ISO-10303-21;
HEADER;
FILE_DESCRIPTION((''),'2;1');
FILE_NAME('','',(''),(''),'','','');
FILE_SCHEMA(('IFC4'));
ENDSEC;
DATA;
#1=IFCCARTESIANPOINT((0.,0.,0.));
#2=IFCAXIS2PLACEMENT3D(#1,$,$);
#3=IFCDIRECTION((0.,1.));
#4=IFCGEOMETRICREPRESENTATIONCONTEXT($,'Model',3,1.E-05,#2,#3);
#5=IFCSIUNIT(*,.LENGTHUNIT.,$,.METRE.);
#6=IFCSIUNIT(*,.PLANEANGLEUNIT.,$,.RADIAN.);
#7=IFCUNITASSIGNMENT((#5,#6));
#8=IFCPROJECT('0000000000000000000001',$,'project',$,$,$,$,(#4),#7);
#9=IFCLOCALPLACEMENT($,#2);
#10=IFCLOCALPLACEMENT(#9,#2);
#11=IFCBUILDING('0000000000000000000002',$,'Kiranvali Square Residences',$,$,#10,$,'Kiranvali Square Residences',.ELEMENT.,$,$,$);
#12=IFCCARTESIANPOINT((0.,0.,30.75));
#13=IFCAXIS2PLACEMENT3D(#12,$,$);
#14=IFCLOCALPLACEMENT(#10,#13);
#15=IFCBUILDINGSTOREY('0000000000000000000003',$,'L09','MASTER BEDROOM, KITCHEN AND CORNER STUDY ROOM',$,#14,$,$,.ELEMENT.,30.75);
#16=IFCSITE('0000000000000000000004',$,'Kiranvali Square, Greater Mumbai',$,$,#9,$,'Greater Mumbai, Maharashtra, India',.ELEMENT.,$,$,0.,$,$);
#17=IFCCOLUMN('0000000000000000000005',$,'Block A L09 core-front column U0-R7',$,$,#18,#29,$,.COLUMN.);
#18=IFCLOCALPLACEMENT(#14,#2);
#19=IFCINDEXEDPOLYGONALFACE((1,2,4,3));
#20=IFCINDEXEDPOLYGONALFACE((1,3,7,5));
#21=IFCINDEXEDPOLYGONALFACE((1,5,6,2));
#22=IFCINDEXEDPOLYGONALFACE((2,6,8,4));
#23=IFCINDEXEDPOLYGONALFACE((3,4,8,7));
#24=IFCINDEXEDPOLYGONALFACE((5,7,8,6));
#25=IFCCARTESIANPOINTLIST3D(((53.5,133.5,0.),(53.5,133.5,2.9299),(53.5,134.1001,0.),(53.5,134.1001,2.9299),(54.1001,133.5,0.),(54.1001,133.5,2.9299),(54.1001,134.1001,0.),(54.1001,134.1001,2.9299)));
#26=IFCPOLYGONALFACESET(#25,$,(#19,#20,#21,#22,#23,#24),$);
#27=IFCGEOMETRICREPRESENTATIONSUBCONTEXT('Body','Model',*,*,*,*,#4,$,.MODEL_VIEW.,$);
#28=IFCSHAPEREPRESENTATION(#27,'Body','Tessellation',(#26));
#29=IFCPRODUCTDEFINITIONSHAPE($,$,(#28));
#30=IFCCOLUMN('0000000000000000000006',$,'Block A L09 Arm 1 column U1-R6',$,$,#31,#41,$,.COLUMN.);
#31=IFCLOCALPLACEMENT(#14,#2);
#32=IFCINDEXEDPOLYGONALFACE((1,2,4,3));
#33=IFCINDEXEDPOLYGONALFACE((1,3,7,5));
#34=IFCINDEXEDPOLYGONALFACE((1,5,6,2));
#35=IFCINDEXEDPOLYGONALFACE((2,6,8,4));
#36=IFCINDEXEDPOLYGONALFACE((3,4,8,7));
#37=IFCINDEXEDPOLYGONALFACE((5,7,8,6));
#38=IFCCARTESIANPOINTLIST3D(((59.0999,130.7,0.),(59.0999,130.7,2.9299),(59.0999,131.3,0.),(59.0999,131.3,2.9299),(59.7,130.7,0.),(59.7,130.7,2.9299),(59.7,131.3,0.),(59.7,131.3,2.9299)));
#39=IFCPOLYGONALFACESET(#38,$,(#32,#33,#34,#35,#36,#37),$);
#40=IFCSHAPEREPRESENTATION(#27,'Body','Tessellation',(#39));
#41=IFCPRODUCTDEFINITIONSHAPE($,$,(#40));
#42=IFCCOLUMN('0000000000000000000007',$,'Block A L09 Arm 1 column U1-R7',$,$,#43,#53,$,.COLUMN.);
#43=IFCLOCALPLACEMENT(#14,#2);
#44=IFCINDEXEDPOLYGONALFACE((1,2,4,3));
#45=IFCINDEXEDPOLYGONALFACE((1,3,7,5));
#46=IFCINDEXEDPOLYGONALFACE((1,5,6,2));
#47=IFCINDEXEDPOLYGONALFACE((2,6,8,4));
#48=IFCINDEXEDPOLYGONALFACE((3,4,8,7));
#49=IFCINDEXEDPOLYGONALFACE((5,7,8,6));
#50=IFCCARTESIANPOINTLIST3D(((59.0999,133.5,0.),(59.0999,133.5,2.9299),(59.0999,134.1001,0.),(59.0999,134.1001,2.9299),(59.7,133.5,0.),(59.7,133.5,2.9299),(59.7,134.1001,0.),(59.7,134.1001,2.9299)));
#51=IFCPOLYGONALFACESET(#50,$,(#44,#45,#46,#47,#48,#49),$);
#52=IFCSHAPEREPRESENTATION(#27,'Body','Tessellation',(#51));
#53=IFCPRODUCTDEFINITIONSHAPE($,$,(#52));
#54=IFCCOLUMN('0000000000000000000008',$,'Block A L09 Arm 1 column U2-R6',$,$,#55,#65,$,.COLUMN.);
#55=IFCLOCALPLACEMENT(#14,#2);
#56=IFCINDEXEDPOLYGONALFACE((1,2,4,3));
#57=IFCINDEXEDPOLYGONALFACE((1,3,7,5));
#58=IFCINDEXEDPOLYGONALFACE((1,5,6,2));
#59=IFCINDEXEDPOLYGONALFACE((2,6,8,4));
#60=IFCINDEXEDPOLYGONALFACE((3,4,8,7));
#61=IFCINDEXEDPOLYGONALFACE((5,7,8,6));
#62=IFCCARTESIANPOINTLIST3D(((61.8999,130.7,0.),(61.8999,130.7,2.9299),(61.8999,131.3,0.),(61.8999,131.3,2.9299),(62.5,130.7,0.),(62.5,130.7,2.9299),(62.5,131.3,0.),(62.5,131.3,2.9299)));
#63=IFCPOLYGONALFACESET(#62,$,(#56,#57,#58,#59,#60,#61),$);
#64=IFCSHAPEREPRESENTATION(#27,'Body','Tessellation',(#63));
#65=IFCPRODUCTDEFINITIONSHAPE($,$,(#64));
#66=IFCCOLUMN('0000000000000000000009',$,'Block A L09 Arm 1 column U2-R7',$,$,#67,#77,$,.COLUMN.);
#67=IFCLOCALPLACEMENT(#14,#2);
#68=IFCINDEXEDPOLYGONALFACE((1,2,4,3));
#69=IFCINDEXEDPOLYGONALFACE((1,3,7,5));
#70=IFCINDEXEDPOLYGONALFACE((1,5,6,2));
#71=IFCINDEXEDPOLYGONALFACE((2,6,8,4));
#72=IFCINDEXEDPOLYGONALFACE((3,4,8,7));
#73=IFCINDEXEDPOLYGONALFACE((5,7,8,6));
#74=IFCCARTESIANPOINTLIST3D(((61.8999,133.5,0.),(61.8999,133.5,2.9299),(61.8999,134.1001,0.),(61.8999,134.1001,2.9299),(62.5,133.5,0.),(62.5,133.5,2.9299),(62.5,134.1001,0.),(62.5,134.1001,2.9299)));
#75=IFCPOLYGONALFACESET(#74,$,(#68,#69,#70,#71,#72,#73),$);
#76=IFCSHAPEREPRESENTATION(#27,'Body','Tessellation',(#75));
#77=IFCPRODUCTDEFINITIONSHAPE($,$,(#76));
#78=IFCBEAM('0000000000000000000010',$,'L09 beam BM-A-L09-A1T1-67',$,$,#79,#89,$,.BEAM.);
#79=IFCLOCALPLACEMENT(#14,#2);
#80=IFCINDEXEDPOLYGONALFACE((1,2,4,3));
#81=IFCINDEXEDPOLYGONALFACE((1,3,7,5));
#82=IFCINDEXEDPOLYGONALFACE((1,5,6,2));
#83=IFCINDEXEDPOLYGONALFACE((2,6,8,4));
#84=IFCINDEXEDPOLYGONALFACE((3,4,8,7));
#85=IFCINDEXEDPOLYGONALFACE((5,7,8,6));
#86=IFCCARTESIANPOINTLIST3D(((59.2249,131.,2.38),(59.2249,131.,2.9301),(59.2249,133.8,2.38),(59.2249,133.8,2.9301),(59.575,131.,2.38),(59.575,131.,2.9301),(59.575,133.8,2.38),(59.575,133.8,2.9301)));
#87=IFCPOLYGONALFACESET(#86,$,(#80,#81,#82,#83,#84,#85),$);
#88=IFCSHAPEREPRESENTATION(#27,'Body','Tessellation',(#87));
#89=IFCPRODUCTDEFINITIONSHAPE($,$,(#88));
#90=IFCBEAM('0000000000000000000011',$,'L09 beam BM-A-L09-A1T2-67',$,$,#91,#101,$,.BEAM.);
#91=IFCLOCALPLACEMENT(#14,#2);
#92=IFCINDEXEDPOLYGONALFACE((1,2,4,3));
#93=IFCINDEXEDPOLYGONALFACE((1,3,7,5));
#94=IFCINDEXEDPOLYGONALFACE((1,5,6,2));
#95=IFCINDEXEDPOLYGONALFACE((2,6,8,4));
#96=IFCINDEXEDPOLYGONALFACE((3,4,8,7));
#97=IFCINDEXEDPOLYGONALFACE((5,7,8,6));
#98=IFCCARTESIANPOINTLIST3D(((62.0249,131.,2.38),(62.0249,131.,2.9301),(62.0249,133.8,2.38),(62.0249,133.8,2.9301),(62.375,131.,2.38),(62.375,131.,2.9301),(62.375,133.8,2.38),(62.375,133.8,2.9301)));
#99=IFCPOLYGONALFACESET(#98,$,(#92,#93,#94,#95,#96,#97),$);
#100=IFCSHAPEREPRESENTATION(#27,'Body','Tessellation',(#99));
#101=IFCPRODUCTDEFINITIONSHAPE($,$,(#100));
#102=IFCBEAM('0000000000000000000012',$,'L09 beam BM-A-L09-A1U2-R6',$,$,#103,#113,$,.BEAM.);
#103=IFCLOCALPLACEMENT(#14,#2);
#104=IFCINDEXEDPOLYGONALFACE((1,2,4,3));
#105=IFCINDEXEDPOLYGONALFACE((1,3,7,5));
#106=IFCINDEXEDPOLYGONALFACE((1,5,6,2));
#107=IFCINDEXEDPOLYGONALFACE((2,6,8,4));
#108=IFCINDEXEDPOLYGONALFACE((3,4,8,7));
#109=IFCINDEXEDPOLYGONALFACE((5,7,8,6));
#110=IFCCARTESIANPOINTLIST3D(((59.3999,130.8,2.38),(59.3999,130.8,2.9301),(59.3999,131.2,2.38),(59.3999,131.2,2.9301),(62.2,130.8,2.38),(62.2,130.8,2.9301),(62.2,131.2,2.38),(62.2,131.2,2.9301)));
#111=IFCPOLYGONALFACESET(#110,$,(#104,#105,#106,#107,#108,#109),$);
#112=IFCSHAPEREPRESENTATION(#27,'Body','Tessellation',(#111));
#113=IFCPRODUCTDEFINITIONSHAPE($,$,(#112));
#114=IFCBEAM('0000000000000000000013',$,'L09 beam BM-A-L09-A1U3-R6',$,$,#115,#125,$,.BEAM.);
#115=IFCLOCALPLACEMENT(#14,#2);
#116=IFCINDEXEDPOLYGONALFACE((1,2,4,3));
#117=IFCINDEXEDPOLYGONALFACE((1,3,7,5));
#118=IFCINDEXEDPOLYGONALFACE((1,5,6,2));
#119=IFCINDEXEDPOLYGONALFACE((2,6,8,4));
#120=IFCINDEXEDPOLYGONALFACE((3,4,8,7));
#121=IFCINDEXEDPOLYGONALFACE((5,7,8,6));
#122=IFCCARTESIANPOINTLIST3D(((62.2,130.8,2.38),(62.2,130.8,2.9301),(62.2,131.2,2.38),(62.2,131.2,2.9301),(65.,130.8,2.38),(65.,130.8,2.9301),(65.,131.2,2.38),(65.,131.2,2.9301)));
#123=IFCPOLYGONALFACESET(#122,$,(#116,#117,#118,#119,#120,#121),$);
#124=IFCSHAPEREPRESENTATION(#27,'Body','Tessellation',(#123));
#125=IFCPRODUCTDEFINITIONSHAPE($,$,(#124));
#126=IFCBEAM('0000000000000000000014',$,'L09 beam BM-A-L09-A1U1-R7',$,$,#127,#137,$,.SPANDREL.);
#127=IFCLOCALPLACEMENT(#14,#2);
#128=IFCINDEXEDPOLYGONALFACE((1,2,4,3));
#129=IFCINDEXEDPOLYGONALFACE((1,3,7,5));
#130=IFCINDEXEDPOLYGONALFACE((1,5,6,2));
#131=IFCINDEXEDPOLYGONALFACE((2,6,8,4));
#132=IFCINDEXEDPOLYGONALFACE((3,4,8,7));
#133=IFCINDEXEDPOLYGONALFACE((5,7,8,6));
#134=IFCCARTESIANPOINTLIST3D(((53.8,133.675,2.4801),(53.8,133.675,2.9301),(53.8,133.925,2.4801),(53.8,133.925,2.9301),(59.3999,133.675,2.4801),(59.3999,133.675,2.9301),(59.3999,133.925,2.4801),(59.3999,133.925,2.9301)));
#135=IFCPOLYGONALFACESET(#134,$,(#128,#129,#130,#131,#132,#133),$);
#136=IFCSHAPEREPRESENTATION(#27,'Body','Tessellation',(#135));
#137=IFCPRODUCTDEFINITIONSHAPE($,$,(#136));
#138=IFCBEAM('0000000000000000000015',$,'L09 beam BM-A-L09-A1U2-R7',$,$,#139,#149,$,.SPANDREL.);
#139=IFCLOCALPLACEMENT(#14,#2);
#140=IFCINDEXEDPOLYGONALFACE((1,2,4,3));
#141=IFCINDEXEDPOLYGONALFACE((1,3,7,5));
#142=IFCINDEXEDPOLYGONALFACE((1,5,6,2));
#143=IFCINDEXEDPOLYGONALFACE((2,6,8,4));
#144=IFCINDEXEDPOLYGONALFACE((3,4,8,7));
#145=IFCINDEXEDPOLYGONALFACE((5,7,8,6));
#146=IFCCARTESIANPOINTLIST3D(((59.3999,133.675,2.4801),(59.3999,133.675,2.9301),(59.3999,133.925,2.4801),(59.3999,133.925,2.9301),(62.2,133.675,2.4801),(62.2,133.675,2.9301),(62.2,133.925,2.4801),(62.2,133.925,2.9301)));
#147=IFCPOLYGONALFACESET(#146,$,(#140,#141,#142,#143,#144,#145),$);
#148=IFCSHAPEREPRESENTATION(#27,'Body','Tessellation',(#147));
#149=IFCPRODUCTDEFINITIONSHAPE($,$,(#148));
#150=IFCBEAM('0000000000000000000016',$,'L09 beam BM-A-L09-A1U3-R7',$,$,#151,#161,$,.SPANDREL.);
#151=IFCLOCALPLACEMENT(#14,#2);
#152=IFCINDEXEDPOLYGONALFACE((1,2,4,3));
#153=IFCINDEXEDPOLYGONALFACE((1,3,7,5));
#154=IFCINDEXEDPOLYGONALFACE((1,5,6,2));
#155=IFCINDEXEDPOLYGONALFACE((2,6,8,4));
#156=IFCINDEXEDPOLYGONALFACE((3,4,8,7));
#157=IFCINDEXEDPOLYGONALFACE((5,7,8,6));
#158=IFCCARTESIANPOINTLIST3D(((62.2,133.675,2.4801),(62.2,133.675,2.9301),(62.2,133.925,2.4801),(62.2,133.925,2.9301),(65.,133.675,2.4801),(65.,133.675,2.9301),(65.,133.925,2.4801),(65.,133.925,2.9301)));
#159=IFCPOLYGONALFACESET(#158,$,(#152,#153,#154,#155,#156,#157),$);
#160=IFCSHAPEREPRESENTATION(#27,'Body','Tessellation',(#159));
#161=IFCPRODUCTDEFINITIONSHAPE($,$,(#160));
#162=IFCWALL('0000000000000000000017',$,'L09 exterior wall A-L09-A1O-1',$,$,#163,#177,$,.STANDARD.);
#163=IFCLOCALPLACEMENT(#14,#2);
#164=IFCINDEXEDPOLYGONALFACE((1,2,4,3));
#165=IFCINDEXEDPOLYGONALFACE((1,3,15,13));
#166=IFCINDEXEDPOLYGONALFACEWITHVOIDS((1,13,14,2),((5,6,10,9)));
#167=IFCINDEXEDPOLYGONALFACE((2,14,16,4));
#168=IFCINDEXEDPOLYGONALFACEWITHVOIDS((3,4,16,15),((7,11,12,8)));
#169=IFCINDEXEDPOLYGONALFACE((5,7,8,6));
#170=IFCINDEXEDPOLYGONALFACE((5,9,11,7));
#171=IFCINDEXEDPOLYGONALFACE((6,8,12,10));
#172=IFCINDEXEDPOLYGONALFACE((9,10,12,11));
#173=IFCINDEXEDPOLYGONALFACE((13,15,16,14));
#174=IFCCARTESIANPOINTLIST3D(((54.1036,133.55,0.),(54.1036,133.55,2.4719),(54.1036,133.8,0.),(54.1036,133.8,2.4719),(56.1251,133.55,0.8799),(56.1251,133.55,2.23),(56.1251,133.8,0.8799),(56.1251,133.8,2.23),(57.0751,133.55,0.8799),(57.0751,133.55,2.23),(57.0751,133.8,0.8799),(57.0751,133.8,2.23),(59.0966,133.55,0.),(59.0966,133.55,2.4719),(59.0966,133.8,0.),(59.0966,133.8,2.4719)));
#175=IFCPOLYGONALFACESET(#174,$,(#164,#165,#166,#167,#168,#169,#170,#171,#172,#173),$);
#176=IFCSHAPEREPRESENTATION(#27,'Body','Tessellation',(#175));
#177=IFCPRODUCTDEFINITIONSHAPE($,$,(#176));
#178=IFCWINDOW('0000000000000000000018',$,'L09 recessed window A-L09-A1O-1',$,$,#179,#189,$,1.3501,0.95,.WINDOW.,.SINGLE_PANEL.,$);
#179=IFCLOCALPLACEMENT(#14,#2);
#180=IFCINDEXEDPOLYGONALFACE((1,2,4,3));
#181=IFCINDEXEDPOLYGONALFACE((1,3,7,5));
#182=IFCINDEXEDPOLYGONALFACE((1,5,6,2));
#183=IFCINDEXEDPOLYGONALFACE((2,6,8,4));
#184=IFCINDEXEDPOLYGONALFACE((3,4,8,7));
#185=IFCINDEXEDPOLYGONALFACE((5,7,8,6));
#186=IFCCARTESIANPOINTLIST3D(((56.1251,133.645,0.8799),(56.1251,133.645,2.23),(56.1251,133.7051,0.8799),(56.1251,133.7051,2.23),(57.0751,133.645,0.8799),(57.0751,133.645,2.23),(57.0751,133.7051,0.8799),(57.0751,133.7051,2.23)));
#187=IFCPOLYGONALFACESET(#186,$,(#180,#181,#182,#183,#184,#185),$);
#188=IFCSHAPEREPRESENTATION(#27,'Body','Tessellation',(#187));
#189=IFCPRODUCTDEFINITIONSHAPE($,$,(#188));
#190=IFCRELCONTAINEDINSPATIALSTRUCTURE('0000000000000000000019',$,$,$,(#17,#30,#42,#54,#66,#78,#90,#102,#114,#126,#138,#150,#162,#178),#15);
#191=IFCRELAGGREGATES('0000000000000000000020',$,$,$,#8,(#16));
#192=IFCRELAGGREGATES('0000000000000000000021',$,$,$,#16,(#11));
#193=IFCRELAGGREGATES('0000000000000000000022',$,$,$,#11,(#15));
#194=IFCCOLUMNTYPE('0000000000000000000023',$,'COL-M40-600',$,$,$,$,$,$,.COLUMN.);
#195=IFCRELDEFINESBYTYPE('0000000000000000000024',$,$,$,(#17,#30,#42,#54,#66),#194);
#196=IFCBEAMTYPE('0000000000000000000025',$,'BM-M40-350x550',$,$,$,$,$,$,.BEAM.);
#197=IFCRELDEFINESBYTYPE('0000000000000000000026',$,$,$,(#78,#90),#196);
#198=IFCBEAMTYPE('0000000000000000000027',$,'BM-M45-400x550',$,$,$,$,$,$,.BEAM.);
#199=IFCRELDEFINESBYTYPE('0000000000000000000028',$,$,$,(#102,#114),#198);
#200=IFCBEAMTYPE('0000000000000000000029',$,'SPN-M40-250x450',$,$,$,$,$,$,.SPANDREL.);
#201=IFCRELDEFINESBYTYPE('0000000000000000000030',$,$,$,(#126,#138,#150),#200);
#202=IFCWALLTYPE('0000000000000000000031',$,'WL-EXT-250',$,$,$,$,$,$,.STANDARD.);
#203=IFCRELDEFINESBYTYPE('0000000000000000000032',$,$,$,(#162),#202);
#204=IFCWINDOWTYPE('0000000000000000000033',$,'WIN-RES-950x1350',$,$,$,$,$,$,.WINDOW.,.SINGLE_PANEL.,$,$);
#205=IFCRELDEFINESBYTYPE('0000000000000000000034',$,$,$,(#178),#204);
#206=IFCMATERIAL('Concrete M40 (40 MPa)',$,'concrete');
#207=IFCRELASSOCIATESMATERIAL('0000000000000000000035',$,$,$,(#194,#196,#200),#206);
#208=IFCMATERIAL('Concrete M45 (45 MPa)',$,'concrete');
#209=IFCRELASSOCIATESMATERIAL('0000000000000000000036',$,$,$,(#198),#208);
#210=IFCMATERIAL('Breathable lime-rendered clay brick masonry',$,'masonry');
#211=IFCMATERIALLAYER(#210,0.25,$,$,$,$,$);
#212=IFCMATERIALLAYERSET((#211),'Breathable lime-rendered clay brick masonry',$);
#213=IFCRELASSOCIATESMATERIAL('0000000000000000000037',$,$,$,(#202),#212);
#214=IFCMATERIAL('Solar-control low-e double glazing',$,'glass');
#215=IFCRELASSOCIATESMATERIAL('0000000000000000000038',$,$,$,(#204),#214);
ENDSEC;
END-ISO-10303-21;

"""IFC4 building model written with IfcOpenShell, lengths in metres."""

from ifc_helpers import new_model, si_unit, direction, frame, frame_2d, origin, origin_2d, place, context, subcontext, project, spatial, rectangle, extrude, material, layer, layer_set, material_profile, profile_set, type_object, element, fill, save


model = new_model("IFC4")

# Units and contexts
model_context = context("Model", 3, precision=1e-05, world=origin(), true_north=direction((0.0, 1.0)))
body_context = subcontext(model_context, "Body", "Model", "MODEL_VIEW")
ifc_project = project(units=[si_unit("LENGTHUNIT", "METRE"), si_unit("PLANEANGLEUNIT", "RADIAN")], contexts=[model_context])

# Site, building, storey
site_placement = place(None, origin())
site = spatial("IfcSite", under=ifc_project, at=site_placement, Name="Kiranvali Square, Greater Mumbai", LongName="Greater Mumbai, Maharashtra, India", CompositionType="ELEMENT", RefElevation=0.0)
building_placement = place(site_placement, origin())
building = spatial("IfcBuilding", under=site, at=building_placement, Name="Kiranvali Square Residences", LongName="Kiranvali Square Residences", CompositionType="ELEMENT")
storey_placement = place(building_placement, frame((0.0, 0.0, 30.75)))
storey = spatial("IfcBuildingStorey", under=building, at=storey_placement, Name="L09", Description="MASTER BEDROOM, KITCHEN AND CORNER STUDY ROOM", CompositionType="ELEMENT", Elevation=30.75)

# Columns
ifc_material_1 = material(Name="Concrete M40 (40 MPa)", Category="concrete")
ifc_material_profile_1 = material_profile(ifc_material_1, rectangle(XDim=0.6001, YDim=0.6001, at=origin_2d()), Name="RC 600x600")
ifc_profile_set_1 = profile_set([ifc_material_profile_1], Name="Concrete M40 (40 MPa)")
column_type = type_object("IfcColumnType", Name="COL-M40-600", PredefinedType="COLUMN", material=ifc_profile_set_1)
for number, where, z_axis, x_axis, name in (
    (1, (53.8, 133.8, 0.0), (0.0, 0.0, 1.0), (1.0, 0.0, 0.0), "Block A L09 core-front column U0-R7"),
    (2, (59.3999, 131.0, 0.0), (0.0, 0.0, 1.0), (1.0, 0.0, 0.0), "Block A L09 Arm 1 column U1-R6"),
    (3, (59.3999, 133.8, 0.0), (0.0, 0.0, 1.0), (1.0, 0.0, 0.0), "Block A L09 Arm 1 column U1-R7"),
    (4, (62.2, 131.0, 0.0), (0.0, 0.0, 1.0), (1.0, 0.0, 0.0), "Block A L09 Arm 1 column U2-R6"),
    (5, (62.2, 133.8, 0.0), (0.0, 0.0, 1.0), (1.0, 0.0, 0.0), "Block A L09 Arm 1 column U2-R7"),
):
    element("IfcColumn", number, at=place(storey_placement, frame(where, z_axis=z_axis, x_axis=x_axis)), inside=storey, type_object=column_type, Name=name, PredefinedType="COLUMN", context=body_context, shape_type="SweptSolid", body=[
        extrude(rectangle(XDim=0.6001, YDim=0.6001, at=origin_2d()), origin(), (0.0, 0.0, 1.0), 2.9299),
    ])

# Beams
ifc_material_profile_2 = material_profile(ifc_material_1, rectangle(XDim=0.3501, YDim=0.55, at=origin_2d()), Name="RC 350x550")
ifc_profile_set_2 = profile_set([ifc_material_profile_2], Name="Concrete M40 (40 MPa)")
beam_type_1 = type_object("IfcBeamType", Name="BM-M40-350x550", PredefinedType="BEAM", material=ifc_profile_set_2)
for number, where, z_axis, x_axis, name in (
    (6, (59.3999, 131.0, 2.655), (0.0, 1.0, 0.0), (-1.0, 0.0, 0.0), "L09 beam BM-A-L09-A1T1-67"),
    (7, (62.2, 131.0, 2.655), (0.0, 1.0, 0.0), (-1.0, 0.0, 0.0), "L09 beam BM-A-L09-A1T2-67"),
):
    element("IfcBeam", number, at=place(storey_placement, frame(where, z_axis=z_axis, x_axis=x_axis)), inside=storey, type_object=beam_type_1, Name=name, PredefinedType="BEAM", context=body_context, shape_type="SweptSolid", body=[
        extrude(rectangle(XDim=0.3501, YDim=0.55, at=origin_2d()), origin(), (0.0, 0.0, 1.0), 2.8),
    ])
ifc_material_2 = material(Name="Concrete M45 (45 MPa)", Category="concrete")
ifc_material_profile_3 = material_profile(ifc_material_2, rectangle(XDim=0.3999, YDim=0.55, at=origin_2d()), Name="RC 400x550")
ifc_profile_set_3 = profile_set([ifc_material_profile_3], Name="Concrete M45 (45 MPa)")
beam_type_2 = type_object("IfcBeamType", Name="BM-M45-400x550", PredefinedType="BEAM", material=ifc_profile_set_3)
for number, where, z_axis, x_axis, name in (
    (8, (59.3999, 131.0, 2.655), (1.0, 0.0, 0.0), (0.0, 1.0, 0.0), "L09 beam BM-A-L09-A1U2-R6"),
    (9, (62.2, 131.0, 2.655), (1.0, 0.0, 0.0), (0.0, 1.0, 0.0), "L09 beam BM-A-L09-A1U3-R6"),
):
    element("IfcBeam", number, at=place(storey_placement, frame(where, z_axis=z_axis, x_axis=x_axis)), inside=storey, type_object=beam_type_2, Name=name, PredefinedType="BEAM", context=body_context, shape_type="SweptSolid", body=[
        extrude(rectangle(XDim=0.3999, YDim=0.55, at=origin_2d()), origin(), (0.0, 0.0, 1.0), 2.8),
    ])
ifc_material_profile_4 = material_profile(ifc_material_1, rectangle(XDim=0.25, YDim=0.45, at=origin_2d()), Name="RC 250x450")
ifc_profile_set_4 = profile_set([ifc_material_profile_4], Name="Concrete M40 (40 MPa)")
beam_type_3 = type_object("IfcBeamType", Name="SPN-M40-250x450", PredefinedType="SPANDREL", material=ifc_profile_set_4)
beam_placement = place(storey_placement, frame((53.8, 133.8, 2.7051), z_axis=(1.0, 0.0, 0.0), x_axis=(0.0, 1.0, 0.0)))
element("IfcBeam", 10, at=beam_placement, inside=storey, type_object=beam_type_3, Name="L09 beam BM-A-L09-A1U1-R7", PredefinedType="SPANDREL", context=body_context, shape_type="SweptSolid", body=[
    extrude(rectangle(XDim=0.25, YDim=0.45, at=origin_2d()), origin(), (0.0, 0.0, 1.0), 5.5999),
])
for number, where, z_axis, x_axis, name in (
    (11, (59.3999, 133.8, 2.7051), (1.0, 0.0, 0.0), (0.0, 1.0, 0.0), "L09 beam BM-A-L09-A1U2-R7"),
    (12, (62.2, 133.8, 2.7051), (1.0, 0.0, 0.0), (0.0, 1.0, 0.0), "L09 beam BM-A-L09-A1U3-R7"),
):
    element("IfcBeam", number, at=place(storey_placement, frame(where, z_axis=z_axis, x_axis=x_axis)), inside=storey, type_object=beam_type_3, Name=name, PredefinedType="SPANDREL", context=body_context, shape_type="SweptSolid", body=[
        extrude(rectangle(XDim=0.25, YDim=0.45, at=origin_2d()), origin(), (0.0, 0.0, 1.0), 2.8),
    ])

# Wall, opening, window
ifc_material_3 = material(Name="Breathable lime-rendered clay brick masonry", Category="masonry")
ifc_layer_1 = layer(ifc_material_3, 0.25)
ifc_layer_set_1 = layer_set([ifc_layer_1], Name="Breathable lime-rendered clay brick masonry")
wall_type_1 = type_object("IfcWallType", Name="WL-EXT-250", PredefinedType="STANDARD", material=ifc_layer_set_1)
wall_1_placement = place(storey_placement, frame((54.1035, 133.675, 0.0), z_axis=(0.0, 0.0, 1.0), x_axis=(1.0, 0.0, 0.0)))
wall_1 = element("IfcWall", 13, at=wall_1_placement, inside=storey, type_object=wall_type_1, Name="L09 exterior wall A-L09-A1O-1", PredefinedType="STANDARD", context=body_context, shape_type="SweptSolid", body=[
    extrude(rectangle(XDim=4.9929, YDim=0.25, at=frame_2d((2.4966, 0.0))), origin(), (0.0, 0.0, 1.0), 2.4719),
])
opening_1_placement = place(wall_1_placement, frame((2.0215, 0.0, 0.8799)))
opening_1 = element("IfcOpeningElement", 14, at=opening_1_placement, cuts=wall_1, PredefinedType="OPENING", context=body_context, shape_type="SweptSolid", body=[
    extrude(rectangle(XDim=0.95, YDim=1.3501, at=frame_2d((0.4751, 0.675))), frame((0.0, 0.135, 0.0), z_axis=(0.0, -1.0, 0.0), x_axis=(1.0, 0.0, 0.0)), (0.0, 0.0, 1.0), 0.27),
])
ifc_material_4 = material(Name="Solar-control low-e double glazing", Category="glass")
window_type_1 = type_object("IfcWindowType", Name="WIN-RES-950x1350", PartitioningType="SINGLE_PANEL", PredefinedType="WINDOW", material=ifc_material_4)
window_1_placement = place(opening_1_placement, origin())
window_1 = element("IfcWindow", 15, at=window_1_placement, inside=storey, type_object=window_type_1, Name="L09 recessed window A-L09-A1O-1", OverallHeight=1.3501, OverallWidth=0.95, PartitioningType="SINGLE_PANEL", PredefinedType="WINDOW", context=body_context, shape_type="SweptSolid", body=[
    extrude(rectangle(XDim=0.95, YDim=1.3501, at=frame_2d((0.4751, 0.675))), frame((0.0, 0.03, 0.0), z_axis=(0.0, -1.0, 0.0), x_axis=(1.0, 0.0, 0.0)), (0.0, 0.0, 1.0), 0.0601),
])
fill(opening_1, window_1)

save(model, "model.ifc")
